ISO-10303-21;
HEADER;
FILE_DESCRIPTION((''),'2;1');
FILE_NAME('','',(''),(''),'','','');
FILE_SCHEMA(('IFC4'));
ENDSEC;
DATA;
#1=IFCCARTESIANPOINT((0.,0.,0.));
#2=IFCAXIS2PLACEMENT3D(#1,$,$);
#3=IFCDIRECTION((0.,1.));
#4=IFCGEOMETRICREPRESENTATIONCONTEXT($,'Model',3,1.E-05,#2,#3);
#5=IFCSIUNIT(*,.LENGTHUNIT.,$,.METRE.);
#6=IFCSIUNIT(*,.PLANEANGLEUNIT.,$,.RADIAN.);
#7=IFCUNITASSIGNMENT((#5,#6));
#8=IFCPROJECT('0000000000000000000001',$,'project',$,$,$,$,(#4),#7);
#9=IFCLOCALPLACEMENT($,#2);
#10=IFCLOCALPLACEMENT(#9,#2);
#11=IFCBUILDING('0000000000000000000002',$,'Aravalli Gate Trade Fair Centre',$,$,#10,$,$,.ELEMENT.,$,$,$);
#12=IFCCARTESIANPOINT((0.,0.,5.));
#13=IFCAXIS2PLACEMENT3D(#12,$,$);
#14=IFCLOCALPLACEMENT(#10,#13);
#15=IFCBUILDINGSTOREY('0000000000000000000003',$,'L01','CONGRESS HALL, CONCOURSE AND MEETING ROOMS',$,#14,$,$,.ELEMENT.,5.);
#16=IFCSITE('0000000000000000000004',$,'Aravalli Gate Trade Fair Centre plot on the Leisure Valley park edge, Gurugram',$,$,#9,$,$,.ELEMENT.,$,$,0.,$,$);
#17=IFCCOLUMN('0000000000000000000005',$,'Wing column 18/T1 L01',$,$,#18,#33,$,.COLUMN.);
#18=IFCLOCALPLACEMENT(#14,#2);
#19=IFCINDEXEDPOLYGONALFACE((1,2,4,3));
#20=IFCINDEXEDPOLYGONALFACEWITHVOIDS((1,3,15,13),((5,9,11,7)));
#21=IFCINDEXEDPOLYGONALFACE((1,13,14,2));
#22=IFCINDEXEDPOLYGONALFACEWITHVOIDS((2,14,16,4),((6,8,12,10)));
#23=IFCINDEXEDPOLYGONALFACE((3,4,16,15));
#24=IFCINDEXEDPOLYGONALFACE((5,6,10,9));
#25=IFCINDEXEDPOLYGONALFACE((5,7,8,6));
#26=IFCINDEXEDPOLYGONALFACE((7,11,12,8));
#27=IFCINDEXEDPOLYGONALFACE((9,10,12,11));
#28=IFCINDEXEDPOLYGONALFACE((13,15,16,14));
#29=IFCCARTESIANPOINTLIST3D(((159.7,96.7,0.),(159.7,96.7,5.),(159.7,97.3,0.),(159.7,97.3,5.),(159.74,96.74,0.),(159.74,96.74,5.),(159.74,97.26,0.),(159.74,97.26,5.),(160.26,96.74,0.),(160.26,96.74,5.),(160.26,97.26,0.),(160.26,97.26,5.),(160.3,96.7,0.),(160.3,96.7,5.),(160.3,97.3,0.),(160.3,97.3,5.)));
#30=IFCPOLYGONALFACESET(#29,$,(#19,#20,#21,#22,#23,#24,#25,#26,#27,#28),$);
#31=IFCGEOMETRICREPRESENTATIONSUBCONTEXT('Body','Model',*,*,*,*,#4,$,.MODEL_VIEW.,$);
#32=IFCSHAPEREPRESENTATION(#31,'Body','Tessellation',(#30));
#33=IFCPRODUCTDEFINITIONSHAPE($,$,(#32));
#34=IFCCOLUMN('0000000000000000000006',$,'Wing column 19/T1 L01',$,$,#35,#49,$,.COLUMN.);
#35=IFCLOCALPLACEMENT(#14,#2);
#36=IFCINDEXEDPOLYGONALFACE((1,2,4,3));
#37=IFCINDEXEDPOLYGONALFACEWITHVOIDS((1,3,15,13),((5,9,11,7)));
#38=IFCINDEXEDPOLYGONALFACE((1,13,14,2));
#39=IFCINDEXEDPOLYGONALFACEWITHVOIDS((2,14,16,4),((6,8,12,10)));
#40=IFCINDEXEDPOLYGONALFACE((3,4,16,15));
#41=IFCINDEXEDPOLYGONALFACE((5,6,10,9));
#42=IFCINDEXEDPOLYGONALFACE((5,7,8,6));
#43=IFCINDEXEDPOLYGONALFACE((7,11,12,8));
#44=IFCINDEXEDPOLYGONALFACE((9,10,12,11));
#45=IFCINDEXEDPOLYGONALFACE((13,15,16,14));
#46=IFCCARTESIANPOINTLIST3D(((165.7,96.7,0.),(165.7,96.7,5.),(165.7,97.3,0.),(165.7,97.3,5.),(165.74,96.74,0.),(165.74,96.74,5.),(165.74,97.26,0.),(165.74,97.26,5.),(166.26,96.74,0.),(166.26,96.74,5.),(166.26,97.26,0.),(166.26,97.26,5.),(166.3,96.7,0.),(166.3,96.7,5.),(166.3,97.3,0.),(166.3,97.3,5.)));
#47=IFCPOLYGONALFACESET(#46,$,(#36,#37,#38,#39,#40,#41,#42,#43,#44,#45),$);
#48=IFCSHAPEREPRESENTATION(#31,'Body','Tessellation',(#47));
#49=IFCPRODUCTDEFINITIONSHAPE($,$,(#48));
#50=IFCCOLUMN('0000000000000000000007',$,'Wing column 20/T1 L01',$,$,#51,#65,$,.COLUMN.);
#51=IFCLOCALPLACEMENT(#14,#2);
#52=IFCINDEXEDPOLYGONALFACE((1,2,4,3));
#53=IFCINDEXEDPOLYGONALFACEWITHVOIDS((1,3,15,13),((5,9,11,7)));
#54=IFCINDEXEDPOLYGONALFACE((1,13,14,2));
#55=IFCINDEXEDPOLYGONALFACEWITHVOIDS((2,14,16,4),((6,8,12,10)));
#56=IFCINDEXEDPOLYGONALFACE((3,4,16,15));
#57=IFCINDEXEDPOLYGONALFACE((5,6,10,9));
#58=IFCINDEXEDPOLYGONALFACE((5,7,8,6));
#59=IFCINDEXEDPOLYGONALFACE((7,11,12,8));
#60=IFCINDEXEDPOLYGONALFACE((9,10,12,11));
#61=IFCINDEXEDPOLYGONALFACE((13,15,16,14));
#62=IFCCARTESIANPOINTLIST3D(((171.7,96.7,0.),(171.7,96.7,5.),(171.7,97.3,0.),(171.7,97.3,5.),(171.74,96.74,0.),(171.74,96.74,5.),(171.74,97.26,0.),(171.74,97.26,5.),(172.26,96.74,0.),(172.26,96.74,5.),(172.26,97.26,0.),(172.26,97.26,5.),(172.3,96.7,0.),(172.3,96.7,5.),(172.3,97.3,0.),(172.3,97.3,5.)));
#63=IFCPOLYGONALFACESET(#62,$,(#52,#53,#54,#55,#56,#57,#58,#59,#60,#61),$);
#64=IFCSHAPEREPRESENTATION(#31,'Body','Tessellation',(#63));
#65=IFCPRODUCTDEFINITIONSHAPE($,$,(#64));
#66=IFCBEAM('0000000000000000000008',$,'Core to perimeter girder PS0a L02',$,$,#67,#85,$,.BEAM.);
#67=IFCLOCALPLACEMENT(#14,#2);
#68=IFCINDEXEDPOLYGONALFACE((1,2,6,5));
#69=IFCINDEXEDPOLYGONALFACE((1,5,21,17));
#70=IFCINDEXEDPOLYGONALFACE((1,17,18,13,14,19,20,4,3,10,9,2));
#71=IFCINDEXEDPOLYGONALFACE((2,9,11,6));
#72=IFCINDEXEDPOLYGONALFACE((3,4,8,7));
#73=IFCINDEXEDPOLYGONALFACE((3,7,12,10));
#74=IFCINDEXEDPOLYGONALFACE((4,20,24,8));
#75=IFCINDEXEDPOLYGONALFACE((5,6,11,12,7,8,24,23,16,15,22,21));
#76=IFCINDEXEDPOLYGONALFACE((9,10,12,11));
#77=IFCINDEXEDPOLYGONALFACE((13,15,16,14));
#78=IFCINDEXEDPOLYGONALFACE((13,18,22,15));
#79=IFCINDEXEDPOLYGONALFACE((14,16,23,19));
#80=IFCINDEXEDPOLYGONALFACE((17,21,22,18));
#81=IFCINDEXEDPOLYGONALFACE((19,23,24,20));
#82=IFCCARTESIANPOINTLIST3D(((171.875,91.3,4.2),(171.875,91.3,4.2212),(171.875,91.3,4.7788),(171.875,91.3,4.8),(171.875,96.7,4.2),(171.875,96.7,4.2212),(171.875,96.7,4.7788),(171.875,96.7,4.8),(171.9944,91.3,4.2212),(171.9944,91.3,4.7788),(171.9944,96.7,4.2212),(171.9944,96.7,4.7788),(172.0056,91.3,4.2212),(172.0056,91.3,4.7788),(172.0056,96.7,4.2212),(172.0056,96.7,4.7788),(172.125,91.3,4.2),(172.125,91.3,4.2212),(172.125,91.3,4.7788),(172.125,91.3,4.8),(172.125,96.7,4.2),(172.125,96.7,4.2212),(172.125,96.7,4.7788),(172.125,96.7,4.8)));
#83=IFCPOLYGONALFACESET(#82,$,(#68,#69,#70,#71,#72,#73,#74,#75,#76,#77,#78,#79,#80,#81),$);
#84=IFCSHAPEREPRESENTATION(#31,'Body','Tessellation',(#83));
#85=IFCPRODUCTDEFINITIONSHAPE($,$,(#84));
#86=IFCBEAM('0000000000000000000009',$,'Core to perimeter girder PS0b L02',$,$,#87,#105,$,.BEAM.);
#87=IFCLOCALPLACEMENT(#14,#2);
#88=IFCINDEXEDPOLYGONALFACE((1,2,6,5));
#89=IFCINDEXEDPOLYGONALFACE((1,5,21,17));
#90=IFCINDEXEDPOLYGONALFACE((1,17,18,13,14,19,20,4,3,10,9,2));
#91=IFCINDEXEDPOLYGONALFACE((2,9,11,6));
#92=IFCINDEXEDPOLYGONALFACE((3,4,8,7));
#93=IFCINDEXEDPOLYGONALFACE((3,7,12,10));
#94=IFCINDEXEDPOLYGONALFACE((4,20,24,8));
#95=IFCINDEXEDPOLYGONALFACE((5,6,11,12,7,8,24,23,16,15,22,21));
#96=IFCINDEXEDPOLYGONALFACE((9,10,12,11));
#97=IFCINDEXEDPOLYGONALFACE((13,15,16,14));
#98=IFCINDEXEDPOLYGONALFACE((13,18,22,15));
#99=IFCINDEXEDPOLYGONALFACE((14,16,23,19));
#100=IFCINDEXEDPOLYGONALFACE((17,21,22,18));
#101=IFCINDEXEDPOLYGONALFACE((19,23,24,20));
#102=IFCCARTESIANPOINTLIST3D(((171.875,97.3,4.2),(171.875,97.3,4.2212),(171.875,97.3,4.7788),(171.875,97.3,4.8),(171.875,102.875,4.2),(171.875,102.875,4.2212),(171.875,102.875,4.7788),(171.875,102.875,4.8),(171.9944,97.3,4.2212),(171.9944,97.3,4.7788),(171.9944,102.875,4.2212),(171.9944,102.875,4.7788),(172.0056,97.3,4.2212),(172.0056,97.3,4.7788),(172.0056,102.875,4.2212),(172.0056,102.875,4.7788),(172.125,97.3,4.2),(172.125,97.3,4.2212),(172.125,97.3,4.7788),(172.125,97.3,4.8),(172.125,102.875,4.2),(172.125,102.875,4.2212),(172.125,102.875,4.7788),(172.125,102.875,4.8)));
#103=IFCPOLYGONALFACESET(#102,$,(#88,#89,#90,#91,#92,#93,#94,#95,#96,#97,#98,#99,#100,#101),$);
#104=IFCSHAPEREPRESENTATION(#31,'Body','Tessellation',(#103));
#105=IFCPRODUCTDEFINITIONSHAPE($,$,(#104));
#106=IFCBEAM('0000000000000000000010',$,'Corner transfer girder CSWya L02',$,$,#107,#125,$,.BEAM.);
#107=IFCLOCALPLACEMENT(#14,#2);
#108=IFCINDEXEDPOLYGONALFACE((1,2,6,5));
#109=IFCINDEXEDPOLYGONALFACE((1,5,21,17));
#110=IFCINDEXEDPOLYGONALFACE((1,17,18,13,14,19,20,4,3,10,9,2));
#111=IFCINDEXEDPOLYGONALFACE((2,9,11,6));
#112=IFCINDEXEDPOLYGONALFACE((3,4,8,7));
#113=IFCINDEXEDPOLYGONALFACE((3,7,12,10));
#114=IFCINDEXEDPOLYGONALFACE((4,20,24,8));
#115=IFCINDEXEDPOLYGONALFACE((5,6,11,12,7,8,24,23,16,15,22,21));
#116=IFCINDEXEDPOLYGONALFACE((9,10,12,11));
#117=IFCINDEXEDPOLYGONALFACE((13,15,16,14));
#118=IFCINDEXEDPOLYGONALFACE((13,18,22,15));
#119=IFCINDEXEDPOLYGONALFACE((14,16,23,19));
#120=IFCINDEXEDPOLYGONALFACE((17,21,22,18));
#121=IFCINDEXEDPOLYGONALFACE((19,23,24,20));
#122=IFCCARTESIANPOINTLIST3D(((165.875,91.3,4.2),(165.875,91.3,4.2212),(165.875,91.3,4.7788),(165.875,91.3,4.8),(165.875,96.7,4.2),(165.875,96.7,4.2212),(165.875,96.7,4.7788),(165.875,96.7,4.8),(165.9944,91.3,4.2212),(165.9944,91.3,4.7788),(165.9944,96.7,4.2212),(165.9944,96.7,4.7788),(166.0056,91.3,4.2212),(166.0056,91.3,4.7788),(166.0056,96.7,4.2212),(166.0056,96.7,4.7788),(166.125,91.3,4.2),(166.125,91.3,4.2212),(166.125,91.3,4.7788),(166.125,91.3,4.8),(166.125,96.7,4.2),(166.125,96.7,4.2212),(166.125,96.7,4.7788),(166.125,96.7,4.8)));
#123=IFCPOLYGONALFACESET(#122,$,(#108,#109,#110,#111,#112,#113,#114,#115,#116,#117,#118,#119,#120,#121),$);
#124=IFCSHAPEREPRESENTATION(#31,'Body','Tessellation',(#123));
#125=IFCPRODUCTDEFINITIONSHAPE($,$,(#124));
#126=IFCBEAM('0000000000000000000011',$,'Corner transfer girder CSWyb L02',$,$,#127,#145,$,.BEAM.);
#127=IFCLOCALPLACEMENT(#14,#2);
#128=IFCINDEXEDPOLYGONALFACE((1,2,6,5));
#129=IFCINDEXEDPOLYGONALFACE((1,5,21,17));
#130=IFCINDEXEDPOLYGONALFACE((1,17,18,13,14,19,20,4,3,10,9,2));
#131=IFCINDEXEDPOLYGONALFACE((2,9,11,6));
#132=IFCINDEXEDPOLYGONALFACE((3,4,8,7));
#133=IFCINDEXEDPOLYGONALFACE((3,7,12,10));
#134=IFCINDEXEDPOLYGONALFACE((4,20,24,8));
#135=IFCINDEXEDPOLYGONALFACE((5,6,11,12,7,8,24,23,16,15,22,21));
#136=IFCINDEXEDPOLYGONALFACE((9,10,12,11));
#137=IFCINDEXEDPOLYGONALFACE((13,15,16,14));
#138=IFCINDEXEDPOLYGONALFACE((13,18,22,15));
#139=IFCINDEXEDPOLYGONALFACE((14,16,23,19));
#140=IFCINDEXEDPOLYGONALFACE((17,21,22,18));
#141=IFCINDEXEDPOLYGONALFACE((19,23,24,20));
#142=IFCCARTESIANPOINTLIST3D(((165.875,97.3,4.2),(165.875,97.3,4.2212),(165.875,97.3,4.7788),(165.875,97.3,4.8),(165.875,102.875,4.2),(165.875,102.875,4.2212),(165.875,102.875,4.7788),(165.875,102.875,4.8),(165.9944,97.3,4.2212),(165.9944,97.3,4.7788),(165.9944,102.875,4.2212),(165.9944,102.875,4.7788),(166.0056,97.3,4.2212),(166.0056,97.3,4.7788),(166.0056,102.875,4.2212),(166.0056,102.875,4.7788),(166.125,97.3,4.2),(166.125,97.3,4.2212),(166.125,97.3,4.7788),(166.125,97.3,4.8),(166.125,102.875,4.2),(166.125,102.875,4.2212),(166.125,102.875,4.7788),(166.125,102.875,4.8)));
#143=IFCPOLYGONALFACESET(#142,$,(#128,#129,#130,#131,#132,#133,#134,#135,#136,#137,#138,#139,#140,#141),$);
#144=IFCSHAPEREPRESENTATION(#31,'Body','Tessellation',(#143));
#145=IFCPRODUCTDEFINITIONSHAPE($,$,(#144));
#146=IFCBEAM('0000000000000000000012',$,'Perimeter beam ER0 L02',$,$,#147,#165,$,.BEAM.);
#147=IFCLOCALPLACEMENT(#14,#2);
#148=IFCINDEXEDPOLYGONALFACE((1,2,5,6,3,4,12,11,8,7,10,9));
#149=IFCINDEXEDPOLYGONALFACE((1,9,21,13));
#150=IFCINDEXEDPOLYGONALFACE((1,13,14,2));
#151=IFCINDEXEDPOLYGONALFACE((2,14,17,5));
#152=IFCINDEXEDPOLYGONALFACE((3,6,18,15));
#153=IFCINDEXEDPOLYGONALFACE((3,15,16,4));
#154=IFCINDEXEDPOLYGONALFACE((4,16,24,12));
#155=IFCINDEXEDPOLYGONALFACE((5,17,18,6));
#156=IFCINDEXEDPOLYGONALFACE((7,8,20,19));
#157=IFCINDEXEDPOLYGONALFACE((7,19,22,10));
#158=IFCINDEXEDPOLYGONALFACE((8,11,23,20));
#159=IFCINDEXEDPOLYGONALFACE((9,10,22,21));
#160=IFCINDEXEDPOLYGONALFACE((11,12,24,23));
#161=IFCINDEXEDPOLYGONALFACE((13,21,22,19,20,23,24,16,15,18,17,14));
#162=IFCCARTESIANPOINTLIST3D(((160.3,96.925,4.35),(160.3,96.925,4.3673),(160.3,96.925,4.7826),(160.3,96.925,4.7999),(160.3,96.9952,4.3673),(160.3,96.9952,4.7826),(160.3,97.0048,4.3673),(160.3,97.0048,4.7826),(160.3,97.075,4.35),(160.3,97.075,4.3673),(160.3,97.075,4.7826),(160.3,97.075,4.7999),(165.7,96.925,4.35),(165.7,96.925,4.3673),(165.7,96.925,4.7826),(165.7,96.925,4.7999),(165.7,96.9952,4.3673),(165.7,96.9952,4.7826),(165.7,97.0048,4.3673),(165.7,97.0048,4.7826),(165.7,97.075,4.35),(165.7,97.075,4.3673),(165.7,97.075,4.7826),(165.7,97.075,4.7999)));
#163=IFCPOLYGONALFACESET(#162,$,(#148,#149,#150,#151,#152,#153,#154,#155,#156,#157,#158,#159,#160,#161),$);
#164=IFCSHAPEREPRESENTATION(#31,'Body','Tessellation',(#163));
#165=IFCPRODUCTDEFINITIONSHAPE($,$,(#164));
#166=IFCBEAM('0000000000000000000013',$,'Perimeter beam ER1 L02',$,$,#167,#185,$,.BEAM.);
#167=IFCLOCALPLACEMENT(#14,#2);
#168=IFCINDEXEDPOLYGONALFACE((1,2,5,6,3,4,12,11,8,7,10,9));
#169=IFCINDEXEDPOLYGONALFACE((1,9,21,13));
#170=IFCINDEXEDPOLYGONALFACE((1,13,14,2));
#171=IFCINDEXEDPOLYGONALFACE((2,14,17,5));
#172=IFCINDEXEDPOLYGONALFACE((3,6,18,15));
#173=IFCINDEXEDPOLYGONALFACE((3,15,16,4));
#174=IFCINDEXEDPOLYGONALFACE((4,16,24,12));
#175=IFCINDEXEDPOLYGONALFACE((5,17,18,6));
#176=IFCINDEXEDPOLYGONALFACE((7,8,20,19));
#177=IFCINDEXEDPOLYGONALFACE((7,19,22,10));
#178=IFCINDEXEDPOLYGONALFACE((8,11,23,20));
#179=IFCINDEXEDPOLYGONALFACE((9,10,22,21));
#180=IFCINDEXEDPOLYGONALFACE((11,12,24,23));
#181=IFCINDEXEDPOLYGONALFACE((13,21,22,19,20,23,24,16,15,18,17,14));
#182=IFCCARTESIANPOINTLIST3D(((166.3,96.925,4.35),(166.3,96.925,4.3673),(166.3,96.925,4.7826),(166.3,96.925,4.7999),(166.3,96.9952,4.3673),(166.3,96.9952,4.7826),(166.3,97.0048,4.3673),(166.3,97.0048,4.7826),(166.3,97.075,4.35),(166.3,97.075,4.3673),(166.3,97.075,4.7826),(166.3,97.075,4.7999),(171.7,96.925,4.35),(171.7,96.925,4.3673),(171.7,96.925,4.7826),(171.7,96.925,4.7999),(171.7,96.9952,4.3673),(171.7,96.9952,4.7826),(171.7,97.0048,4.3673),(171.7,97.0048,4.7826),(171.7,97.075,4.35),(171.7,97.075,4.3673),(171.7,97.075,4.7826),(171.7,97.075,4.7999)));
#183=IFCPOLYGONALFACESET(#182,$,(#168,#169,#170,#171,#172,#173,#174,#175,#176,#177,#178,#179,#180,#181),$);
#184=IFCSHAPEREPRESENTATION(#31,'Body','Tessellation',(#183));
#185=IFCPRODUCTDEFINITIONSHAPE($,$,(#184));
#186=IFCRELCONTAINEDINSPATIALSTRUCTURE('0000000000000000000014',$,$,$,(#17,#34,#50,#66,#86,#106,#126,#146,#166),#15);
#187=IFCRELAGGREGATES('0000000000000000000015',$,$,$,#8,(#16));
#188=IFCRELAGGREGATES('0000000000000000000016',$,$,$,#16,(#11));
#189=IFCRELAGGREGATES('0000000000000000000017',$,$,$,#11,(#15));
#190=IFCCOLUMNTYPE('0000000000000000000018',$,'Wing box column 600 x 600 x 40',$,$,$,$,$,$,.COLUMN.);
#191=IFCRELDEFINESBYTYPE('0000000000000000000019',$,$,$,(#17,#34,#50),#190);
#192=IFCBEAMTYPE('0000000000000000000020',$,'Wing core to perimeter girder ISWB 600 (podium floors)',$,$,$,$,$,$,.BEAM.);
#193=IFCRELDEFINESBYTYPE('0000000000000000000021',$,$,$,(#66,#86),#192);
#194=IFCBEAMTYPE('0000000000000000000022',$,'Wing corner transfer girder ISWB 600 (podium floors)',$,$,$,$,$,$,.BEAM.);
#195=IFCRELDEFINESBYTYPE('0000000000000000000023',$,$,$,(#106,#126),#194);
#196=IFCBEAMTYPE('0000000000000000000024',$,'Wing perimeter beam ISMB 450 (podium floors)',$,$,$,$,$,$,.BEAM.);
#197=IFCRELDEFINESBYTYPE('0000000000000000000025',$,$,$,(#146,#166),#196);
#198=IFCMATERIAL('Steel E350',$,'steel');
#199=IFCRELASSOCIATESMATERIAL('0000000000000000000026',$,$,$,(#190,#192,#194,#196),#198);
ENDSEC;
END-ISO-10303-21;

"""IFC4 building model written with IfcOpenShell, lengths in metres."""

from ifc_helpers import new_model, si_unit, direction, frame, origin, origin_2d, place, context, subcontext, project, spatial, hollow_rectangle, i_section, extrude, material, material_profile, profile_set, type_object, element, save


model = new_model("IFC4")

# Units and contexts
model_context = context("Model", 3, precision=1e-05, world=origin(), true_north=direction((0.0, 1.0)))
body_context = subcontext(model_context, "Body", "Model", "MODEL_VIEW")
ifc_project = project(units=[si_unit("LENGTHUNIT", "METRE"), si_unit("PLANEANGLEUNIT", "RADIAN")], contexts=[model_context])

# Site, building, storey
site_placement = place(None, origin())
site = spatial("IfcSite", under=ifc_project, at=site_placement, Name="Aravalli Gate Trade Fair Centre plot on the Leisure Valley park edge, Gurugram", CompositionType="ELEMENT", RefElevation=0.0)
building_placement = place(site_placement, origin())
building = spatial("IfcBuilding", under=site, at=building_placement, Name="Aravalli Gate Trade Fair Centre", CompositionType="ELEMENT")
storey_placement = place(building_placement, frame((0.0, 0.0, 5.0)))
storey = spatial("IfcBuildingStorey", under=building, at=storey_placement, Name="L01", Description="CONGRESS HALL, CONCOURSE AND MEETING ROOMS", CompositionType="ELEMENT", Elevation=5.0)

# Columns
ifc_material_1 = material(Name="Steel E350", Category="steel")
ifc_material_profile_1 = material_profile(ifc_material_1, hollow_rectangle(XDim=0.6001, YDim=0.6001, WallThickness=0.04, at=origin_2d()), Name="BOX 600x600x40")
ifc_profile_set_1 = profile_set([ifc_material_profile_1], Name="Steel E350")
column_type = type_object("IfcColumnType", Name="Wing box column 600 x 600 x 40", PredefinedType="COLUMN", material=ifc_profile_set_1)
for number, where, z_axis, x_axis, name in (
    (1, (160.0, 97.0, 0.0), (0.0, 0.0, 1.0), (1.0, 0.0, 0.0), "Wing column 18/T1 L01"),
    (2, (166.0, 97.0, 0.0), (0.0, 0.0, 1.0), (1.0, 0.0, 0.0), "Wing column 19/T1 L01"),
    (3, (172.0, 97.0, 0.0), (0.0, 0.0, 1.0), (1.0, 0.0, 0.0), "Wing column 20/T1 L01"),
):
    element("IfcColumn", number, at=place(storey_placement, frame(where, z_axis=z_axis, x_axis=x_axis)), inside=storey, type_object=column_type, Name=name, PredefinedType="COLUMN", context=body_context, shape_type="SweptSolid", body=[
        extrude(hollow_rectangle(XDim=0.6001, YDim=0.6001, WallThickness=0.04, at=origin_2d()), origin(), (0.0, 0.0, 1.0), 5.0),
    ])

# Beams
ifc_material_profile_2 = material_profile(ifc_material_1, i_section(OverallWidth=0.25, OverallDepth=0.6001, WebThickness=0.0112, FlangeThickness=0.0212, at=origin_2d()), Name="ISWB 600")
ifc_profile_set_2 = profile_set([ifc_material_profile_2], Name="Steel E350")
beam_type_1 = type_object("IfcBeamType", Name="Wing core to perimeter girder ISWB 600 (podium floors)", PredefinedType="BEAM", material=ifc_profile_set_2)
beam_1_placement = place(storey_placement, frame((172.0, 91.3, 4.5), z_axis=(0.0, 1.0, 0.0), x_axis=(-1.0, 0.0, 0.0)))
element("IfcBeam", 4, at=beam_1_placement, inside=storey, type_object=beam_type_1, Name="Core to perimeter girder PS0a L02", PredefinedType="BEAM", context=body_context, shape_type="SweptSolid", body=[
    extrude(i_section(OverallWidth=0.25, OverallDepth=0.6001, WebThickness=0.0112, FlangeThickness=0.0212, at=origin_2d()), origin(), (0.0, 0.0, 1.0), 5.3999),
])
beam_2_placement = place(storey_placement, frame((172.0, 97.3, 4.5), z_axis=(0.0, 1.0, 0.0), x_axis=(-1.0, 0.0, 0.0)))
element("IfcBeam", 5, at=beam_2_placement, inside=storey, type_object=beam_type_1, Name="Core to perimeter girder PS0b L02", PredefinedType="BEAM", context=body_context, shape_type="SweptSolid", body=[
    extrude(i_section(OverallWidth=0.25, OverallDepth=0.6001, WebThickness=0.0112, FlangeThickness=0.0212, at=origin_2d()), origin(), (0.0, 0.0, 1.0), 5.575),
])
ifc_material_profile_3 = material_profile(ifc_material_1, i_section(OverallWidth=0.25, OverallDepth=0.6001, WebThickness=0.0112, FlangeThickness=0.0212, at=origin_2d()), Name="ISWB 600")
ifc_profile_set_3 = profile_set([ifc_material_profile_3], Name="Steel E350")
beam_type_2 = type_object("IfcBeamType", Name="Wing corner transfer girder ISWB 600 (podium floors)", PredefinedType="BEAM", material=ifc_profile_set_3)
beam_3_placement = place(storey_placement, frame((166.0, 91.3, 4.5), z_axis=(0.0, 1.0, 0.0), x_axis=(-1.0, 0.0, 0.0)))
element("IfcBeam", 6, at=beam_3_placement, inside=storey, type_object=beam_type_2, Name="Corner transfer girder CSWya L02", PredefinedType="BEAM", context=body_context, shape_type="SweptSolid", body=[
    extrude(i_section(OverallWidth=0.25, OverallDepth=0.6001, WebThickness=0.0112, FlangeThickness=0.0212, at=origin_2d()), origin(), (0.0, 0.0, 1.0), 5.3999),
])
beam_4_placement = place(storey_placement, frame((166.0, 97.3, 4.5), z_axis=(0.0, 1.0, 0.0), x_axis=(-1.0, 0.0, 0.0)))
element("IfcBeam", 7, at=beam_4_placement, inside=storey, type_object=beam_type_2, Name="Corner transfer girder CSWyb L02", PredefinedType="BEAM", context=body_context, shape_type="SweptSolid", body=[
    extrude(i_section(OverallWidth=0.25, OverallDepth=0.6001, WebThickness=0.0112, FlangeThickness=0.0212, at=origin_2d()), origin(), (0.0, 0.0, 1.0), 5.575),
])
ifc_material_profile_4 = material_profile(ifc_material_1, i_section(OverallWidth=0.1499, OverallDepth=0.45, WebThickness=0.0095, FlangeThickness=0.0173, at=origin_2d()), Name="ISMB 450")
ifc_profile_set_4 = profile_set([ifc_material_profile_4], Name="Steel E350")
beam_type_3 = type_object("IfcBeamType", Name="Wing perimeter beam ISMB 450 (podium floors)", PredefinedType="BEAM", material=ifc_profile_set_4)
for number, where, z_axis, x_axis, name in (
    (8, (160.3, 97.0, 4.575), (1.0, 0.0, 0.0), (0.0, 1.0, 0.0), "Perimeter beam ER0 L02"),
    (9, (166.3, 97.0, 4.575), (1.0, 0.0, 0.0), (0.0, 1.0, 0.0), "Perimeter beam ER1 L02"),
):
    element("IfcBeam", number, at=place(storey_placement, frame(where, z_axis=z_axis, x_axis=x_axis)), inside=storey, type_object=beam_type_3, Name=name, PredefinedType="BEAM", context=body_context, shape_type="SweptSolid", body=[
        extrude(i_section(OverallWidth=0.1499, OverallDepth=0.45, WebThickness=0.0095, FlangeThickness=0.0173, at=origin_2d()), origin(), (0.0, 0.0, 1.0), 5.3999),
    ])

save(model, "model.ifc")
